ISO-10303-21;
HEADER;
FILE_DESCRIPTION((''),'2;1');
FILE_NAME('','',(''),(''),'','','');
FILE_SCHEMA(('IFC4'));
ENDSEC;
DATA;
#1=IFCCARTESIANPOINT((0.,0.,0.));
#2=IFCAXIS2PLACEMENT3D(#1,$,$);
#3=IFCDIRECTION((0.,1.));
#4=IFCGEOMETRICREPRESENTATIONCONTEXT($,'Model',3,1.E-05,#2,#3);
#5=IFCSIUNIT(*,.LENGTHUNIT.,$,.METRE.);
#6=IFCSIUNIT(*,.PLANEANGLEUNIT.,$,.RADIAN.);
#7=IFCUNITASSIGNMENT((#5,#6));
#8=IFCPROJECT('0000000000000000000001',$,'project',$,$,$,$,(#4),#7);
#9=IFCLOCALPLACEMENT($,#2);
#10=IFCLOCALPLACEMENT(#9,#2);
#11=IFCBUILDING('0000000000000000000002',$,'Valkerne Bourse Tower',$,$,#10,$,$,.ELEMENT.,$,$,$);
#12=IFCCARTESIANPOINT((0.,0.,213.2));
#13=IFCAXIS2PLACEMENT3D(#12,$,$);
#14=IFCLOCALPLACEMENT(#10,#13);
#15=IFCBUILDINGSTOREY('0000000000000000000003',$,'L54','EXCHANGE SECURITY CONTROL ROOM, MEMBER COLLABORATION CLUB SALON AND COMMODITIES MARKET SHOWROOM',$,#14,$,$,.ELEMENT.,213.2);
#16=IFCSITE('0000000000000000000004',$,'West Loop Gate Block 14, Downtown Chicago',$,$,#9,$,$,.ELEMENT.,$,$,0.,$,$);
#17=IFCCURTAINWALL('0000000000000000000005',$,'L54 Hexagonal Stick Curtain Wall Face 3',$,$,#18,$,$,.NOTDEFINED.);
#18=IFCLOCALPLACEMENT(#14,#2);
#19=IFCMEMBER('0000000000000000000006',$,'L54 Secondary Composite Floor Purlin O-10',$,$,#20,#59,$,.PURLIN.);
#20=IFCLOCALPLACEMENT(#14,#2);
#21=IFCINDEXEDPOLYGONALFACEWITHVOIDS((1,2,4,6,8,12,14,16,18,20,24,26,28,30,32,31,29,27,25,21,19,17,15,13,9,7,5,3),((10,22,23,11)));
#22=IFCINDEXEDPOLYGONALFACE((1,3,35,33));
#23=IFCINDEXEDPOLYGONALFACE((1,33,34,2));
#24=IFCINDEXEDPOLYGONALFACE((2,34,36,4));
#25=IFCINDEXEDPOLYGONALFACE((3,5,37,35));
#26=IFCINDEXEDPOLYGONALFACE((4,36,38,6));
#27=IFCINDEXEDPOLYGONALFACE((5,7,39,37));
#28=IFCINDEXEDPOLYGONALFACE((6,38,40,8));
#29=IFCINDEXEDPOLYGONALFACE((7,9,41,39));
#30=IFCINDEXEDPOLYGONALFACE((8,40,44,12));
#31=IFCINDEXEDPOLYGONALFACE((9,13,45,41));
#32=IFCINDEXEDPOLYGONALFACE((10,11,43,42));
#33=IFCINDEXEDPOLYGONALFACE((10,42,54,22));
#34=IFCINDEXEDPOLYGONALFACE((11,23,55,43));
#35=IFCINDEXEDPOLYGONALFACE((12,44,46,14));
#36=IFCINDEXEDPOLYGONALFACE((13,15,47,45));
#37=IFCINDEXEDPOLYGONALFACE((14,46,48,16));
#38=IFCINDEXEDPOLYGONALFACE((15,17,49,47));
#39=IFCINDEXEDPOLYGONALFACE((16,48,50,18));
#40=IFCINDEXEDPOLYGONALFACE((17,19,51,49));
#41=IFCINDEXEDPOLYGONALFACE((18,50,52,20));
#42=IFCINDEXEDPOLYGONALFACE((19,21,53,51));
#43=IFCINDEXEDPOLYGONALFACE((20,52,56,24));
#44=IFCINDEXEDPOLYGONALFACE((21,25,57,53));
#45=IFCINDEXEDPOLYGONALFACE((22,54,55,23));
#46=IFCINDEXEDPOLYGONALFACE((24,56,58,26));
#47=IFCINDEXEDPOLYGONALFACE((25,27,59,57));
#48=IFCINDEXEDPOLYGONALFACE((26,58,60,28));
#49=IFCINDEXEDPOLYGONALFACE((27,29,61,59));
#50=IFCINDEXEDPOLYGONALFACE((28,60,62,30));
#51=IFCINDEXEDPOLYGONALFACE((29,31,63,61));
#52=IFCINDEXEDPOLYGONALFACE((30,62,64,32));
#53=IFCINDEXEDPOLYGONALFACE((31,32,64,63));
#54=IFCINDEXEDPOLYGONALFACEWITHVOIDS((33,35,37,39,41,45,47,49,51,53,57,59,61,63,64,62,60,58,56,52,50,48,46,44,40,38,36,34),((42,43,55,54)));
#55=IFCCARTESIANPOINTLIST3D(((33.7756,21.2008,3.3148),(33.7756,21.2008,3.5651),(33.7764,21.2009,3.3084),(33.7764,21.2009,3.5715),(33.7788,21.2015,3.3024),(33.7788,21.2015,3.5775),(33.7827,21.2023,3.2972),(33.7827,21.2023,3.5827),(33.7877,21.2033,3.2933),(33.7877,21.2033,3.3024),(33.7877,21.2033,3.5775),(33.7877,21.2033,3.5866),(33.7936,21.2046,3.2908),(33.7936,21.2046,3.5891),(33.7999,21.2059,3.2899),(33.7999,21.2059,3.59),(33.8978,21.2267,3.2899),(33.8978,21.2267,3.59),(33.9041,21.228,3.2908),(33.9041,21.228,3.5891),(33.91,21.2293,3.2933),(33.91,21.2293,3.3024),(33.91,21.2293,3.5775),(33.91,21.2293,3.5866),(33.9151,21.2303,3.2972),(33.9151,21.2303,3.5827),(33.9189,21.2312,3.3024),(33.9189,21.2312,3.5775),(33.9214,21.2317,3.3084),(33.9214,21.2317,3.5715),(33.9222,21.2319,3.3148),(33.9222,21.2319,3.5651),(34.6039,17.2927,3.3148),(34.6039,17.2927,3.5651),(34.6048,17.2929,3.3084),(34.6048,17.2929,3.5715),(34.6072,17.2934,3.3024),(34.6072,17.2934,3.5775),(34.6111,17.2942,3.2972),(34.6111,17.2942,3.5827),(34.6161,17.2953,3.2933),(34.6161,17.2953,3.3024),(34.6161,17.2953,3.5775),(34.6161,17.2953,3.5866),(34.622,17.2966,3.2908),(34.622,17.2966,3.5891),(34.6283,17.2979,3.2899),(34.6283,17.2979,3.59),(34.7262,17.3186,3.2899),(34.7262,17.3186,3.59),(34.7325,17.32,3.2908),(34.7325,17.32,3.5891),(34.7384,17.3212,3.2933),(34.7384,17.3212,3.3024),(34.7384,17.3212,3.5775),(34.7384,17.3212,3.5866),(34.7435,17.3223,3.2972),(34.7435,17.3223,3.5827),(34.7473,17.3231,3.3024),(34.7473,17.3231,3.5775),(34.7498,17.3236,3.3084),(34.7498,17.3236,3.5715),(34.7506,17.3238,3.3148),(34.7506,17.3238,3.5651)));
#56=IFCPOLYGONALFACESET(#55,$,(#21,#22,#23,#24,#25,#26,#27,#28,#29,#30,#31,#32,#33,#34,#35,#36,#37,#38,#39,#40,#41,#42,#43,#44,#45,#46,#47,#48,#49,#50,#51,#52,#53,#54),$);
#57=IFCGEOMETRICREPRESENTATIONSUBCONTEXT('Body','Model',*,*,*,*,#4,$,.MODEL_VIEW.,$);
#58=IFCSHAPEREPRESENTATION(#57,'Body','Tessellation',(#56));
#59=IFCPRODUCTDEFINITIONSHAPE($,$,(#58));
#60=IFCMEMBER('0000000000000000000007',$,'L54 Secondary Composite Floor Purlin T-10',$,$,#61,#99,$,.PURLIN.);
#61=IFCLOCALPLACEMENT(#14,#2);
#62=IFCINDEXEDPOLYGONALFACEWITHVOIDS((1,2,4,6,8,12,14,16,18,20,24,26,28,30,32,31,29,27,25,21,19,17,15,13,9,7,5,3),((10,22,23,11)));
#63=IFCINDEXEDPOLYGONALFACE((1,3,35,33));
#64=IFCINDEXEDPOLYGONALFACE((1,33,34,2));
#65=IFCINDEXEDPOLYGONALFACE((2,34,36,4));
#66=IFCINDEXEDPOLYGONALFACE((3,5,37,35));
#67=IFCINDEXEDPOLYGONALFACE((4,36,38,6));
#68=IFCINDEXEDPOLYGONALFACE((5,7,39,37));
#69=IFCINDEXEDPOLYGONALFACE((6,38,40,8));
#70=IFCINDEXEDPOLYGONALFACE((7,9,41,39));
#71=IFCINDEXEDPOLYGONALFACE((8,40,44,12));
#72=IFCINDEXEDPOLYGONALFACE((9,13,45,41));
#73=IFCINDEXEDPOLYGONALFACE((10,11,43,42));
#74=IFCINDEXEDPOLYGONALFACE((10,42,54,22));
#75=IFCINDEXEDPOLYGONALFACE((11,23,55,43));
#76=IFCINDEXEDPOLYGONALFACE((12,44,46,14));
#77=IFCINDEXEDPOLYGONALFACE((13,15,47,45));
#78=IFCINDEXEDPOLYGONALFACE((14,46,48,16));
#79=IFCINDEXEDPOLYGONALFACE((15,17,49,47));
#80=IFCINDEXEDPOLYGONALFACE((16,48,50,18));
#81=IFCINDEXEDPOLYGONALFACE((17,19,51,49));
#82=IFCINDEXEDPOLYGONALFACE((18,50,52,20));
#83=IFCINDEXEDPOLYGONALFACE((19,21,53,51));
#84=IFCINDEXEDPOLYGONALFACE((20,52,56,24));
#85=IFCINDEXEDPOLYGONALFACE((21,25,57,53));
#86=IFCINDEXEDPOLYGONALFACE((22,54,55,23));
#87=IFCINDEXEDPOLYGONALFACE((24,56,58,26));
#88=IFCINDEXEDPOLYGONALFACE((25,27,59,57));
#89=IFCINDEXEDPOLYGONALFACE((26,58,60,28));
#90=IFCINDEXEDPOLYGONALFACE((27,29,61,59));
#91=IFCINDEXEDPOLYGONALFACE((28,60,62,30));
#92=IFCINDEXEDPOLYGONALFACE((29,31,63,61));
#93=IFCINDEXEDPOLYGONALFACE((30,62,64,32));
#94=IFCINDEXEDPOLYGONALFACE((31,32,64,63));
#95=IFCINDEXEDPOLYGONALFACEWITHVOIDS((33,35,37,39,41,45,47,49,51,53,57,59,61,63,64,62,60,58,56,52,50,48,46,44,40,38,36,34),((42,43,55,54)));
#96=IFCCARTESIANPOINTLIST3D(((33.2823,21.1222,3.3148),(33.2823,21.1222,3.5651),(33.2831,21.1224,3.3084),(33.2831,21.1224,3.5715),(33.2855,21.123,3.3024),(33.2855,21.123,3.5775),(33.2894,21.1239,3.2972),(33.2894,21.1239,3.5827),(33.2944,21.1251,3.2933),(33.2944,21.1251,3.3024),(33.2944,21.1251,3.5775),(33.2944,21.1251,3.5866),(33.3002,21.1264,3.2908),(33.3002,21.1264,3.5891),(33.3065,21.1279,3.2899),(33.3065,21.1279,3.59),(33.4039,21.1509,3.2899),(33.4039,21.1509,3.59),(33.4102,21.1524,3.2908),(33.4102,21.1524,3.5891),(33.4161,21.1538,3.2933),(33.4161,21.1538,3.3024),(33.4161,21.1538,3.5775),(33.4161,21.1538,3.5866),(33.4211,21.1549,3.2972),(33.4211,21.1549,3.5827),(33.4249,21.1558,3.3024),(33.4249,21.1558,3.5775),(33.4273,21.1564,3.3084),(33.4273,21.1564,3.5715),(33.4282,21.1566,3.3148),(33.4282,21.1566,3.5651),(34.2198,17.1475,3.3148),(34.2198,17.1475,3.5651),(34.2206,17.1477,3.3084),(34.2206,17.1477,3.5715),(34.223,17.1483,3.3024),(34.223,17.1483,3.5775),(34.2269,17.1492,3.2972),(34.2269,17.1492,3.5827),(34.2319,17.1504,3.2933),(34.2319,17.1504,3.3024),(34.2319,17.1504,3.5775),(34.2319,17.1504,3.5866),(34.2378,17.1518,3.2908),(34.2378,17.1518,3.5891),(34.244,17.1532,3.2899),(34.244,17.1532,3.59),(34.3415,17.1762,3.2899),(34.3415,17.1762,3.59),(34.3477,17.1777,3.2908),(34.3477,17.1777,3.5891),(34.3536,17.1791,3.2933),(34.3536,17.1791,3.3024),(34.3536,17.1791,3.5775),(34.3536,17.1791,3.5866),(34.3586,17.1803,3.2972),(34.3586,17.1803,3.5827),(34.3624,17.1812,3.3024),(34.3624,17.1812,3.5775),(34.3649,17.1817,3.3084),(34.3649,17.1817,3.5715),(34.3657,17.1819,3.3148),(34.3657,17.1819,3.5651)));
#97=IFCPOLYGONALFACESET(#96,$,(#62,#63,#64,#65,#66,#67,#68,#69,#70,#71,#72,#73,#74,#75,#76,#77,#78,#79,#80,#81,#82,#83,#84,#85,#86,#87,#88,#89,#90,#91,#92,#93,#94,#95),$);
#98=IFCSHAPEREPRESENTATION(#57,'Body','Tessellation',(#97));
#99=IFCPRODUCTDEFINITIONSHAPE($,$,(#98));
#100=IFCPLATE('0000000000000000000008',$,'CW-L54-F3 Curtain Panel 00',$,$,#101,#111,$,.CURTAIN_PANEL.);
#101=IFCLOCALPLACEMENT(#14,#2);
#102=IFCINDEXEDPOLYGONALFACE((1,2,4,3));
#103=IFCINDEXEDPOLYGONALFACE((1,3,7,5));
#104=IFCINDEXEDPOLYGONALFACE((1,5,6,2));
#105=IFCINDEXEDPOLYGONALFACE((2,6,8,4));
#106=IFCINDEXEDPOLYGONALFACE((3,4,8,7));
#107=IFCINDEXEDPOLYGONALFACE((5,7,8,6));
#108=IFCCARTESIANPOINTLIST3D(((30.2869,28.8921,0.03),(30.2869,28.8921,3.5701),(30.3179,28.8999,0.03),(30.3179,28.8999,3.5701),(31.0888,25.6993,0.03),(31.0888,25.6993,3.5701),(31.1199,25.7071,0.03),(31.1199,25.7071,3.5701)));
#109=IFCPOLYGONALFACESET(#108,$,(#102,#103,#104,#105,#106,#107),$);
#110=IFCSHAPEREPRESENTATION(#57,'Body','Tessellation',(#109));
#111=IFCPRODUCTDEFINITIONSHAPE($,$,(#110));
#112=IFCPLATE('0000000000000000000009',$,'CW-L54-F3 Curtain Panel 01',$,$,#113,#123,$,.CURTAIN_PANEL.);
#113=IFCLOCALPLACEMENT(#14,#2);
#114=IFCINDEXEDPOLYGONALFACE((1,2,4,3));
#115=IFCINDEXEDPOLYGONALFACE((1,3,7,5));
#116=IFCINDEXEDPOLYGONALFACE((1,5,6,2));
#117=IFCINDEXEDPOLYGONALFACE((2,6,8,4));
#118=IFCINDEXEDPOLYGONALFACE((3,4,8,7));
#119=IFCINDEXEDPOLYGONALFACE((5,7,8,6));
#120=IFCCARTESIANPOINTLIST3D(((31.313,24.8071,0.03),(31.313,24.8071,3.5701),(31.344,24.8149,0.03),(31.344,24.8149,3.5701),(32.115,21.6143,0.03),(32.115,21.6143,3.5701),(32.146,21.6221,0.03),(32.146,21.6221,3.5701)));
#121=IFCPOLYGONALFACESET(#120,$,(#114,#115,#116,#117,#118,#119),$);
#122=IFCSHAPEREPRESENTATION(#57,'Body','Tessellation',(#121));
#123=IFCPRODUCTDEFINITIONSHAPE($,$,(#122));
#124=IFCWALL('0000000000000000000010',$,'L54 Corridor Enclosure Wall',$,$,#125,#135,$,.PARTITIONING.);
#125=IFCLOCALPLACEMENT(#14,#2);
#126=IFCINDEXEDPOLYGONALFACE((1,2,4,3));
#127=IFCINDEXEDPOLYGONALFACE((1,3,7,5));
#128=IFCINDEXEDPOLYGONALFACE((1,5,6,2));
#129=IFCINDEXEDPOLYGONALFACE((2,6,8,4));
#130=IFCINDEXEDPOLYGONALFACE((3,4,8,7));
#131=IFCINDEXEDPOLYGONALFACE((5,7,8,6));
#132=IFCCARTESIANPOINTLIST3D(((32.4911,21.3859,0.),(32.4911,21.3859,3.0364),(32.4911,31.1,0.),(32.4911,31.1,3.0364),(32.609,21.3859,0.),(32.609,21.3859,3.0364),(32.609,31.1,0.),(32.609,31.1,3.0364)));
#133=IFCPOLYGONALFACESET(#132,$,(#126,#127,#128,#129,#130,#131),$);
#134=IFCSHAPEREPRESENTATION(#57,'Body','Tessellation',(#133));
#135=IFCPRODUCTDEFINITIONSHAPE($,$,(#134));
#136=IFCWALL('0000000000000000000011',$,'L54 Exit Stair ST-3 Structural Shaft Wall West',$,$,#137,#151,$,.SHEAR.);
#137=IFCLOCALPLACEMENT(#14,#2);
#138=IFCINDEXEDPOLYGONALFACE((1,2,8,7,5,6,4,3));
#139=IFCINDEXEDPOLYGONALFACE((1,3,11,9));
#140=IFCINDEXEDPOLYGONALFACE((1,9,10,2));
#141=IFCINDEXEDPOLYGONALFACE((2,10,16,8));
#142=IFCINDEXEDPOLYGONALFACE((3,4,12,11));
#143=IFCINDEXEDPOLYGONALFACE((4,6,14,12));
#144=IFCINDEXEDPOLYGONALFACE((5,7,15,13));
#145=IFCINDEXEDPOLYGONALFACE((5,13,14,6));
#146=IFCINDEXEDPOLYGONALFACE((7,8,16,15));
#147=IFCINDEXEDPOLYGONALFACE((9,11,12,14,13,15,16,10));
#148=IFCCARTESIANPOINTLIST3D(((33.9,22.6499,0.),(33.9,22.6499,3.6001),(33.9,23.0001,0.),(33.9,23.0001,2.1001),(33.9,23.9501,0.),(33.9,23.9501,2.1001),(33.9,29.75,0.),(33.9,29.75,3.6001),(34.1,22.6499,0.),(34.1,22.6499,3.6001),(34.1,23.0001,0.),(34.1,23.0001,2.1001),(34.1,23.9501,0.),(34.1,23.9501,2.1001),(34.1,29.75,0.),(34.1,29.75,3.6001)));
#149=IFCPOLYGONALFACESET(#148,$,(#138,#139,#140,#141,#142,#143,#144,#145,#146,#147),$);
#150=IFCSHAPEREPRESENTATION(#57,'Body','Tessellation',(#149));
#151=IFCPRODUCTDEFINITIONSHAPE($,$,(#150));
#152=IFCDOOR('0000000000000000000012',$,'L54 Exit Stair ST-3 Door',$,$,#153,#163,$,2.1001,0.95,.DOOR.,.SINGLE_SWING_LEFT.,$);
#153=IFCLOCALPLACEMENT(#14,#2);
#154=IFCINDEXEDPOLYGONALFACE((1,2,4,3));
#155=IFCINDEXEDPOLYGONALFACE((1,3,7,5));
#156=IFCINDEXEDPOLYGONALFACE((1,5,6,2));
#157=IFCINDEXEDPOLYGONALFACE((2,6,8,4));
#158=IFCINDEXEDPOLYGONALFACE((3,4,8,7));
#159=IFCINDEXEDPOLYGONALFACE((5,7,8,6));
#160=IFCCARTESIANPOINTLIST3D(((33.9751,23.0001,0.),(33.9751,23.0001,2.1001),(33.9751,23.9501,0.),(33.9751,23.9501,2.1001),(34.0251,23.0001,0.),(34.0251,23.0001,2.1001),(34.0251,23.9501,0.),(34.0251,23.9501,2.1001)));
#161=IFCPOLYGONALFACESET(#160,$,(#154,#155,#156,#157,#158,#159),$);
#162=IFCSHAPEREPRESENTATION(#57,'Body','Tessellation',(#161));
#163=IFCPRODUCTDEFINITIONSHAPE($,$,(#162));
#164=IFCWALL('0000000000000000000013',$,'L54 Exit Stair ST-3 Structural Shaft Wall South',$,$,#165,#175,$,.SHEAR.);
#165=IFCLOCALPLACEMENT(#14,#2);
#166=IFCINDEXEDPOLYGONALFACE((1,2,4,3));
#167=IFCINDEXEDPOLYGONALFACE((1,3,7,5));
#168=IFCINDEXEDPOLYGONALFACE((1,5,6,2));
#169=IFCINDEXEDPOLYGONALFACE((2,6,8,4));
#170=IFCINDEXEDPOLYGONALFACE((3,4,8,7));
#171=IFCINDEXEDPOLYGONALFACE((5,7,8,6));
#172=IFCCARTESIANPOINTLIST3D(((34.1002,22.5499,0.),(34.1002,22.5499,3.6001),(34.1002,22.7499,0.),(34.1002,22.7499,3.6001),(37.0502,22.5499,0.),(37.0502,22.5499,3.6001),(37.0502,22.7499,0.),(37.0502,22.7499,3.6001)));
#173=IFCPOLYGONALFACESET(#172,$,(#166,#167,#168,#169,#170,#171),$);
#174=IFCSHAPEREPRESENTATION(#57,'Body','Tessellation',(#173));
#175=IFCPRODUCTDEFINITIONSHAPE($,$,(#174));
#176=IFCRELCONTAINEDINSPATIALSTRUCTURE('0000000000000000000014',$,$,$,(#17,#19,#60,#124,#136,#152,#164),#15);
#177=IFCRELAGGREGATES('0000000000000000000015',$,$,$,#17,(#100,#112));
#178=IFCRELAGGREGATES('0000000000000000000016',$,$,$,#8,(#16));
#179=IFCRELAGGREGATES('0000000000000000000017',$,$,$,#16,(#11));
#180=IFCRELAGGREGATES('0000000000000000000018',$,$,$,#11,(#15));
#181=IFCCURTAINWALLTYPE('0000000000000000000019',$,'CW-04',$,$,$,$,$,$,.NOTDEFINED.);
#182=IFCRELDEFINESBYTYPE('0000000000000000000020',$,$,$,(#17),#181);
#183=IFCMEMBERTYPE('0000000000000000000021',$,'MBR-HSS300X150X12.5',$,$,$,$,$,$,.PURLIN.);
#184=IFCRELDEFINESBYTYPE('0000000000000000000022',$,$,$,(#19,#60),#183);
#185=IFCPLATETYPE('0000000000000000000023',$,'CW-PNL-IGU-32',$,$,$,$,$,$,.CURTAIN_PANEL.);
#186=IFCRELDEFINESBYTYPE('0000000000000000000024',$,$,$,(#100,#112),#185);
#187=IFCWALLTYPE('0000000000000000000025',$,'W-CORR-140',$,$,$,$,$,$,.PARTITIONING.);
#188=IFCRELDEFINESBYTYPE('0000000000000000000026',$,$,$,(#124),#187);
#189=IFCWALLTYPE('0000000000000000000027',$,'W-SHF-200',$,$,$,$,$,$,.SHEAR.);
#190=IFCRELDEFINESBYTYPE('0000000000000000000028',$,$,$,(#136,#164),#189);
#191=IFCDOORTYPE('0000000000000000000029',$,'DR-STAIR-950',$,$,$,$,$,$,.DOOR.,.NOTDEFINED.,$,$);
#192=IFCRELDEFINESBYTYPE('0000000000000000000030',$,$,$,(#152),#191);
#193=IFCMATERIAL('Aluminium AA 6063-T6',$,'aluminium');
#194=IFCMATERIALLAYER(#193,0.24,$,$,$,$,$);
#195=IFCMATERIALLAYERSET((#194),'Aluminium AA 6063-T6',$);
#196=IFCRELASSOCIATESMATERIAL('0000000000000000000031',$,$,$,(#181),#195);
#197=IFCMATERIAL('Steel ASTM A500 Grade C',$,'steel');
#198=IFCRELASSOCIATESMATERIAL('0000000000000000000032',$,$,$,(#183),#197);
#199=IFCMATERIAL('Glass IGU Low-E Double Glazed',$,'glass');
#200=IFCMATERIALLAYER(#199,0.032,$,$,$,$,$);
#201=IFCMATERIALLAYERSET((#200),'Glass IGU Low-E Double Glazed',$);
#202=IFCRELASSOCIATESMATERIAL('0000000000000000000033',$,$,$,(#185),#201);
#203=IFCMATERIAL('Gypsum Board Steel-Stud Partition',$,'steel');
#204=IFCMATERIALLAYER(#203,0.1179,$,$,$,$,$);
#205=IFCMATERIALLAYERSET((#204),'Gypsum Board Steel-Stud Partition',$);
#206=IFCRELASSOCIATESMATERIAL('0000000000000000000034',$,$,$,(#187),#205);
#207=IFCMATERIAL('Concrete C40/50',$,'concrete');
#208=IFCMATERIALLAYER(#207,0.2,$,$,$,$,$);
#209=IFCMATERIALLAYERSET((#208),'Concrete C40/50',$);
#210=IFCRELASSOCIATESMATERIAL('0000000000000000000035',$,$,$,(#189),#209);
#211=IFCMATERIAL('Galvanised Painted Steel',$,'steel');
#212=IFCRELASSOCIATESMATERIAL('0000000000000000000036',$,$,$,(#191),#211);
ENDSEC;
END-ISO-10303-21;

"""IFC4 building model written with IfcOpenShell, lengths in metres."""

from ifc_helpers import new_model, si_unit, direction, frame, frame_2d, origin, origin_2d, place, context, subcontext, project, spatial, rectangle, hollow_rectangle, extrude, material, layer, layer_set, material_profile, profile_set, type_object, element, fill, aggregate, save


model = new_model("IFC4")

# Units and contexts
model_context = context("Model", 3, precision=1e-05, world=origin(), true_north=direction((0.0, 1.0)))
body_context = subcontext(model_context, "Body", "Model", "MODEL_VIEW")
ifc_project = project(units=[si_unit("LENGTHUNIT", "METRE"), si_unit("PLANEANGLEUNIT", "RADIAN")], contexts=[model_context])

# Site, building, storey
site_placement = place(None, origin())
site = spatial("IfcSite", under=ifc_project, at=site_placement, Name="West Loop Gate Block 14, Downtown Chicago", CompositionType="ELEMENT", RefElevation=0.0)
building_placement = place(site_placement, origin())
building = spatial("IfcBuilding", under=site, at=building_placement, Name="Valkerne Bourse Tower", CompositionType="ELEMENT")
storey_placement = place(building_placement, frame((0.0, 0.0, 213.2)))
storey = spatial("IfcBuildingStorey", under=building, at=storey_placement, Name="L54", Description="EXCHANGE SECURITY CONTROL ROOM, MEMBER COLLABORATION CLUB SALON AND COMMODITIES MARKET SHOWROOM", CompositionType="ELEMENT", Elevation=213.2)

# Curtain wall
ifc_material_1 = material(Name="Aluminium AA 6063-T6", Category="aluminium")
ifc_layer_1 = layer(ifc_material_1, 0.24)
ifc_layer_set_1 = layer_set([ifc_layer_1], Name="Aluminium AA 6063-T6")
curtain_wall_type = type_object("IfcCurtainWallType", Name="CW-04", PredefinedType="NOTDEFINED", material=ifc_layer_set_1)
curtain_wall_placement = place(storey_placement, origin())
curtain_wall = element("IfcCurtainWall", 1, at=curtain_wall_placement, inside=storey, type_object=curtain_wall_type, Name="L54 Hexagonal Stick Curtain Wall Face 3", PredefinedType="NOTDEFINED")

# Members
ifc_material_2 = material(Name="Steel ASTM A500 Grade C", Category="steel")
ifc_material_profile_1 = material_profile(ifc_material_2, hollow_rectangle(XDim=0.1499, YDim=0.3, WallThickness=0.0125, OuterFilletRadius=0.0249, at=origin_2d()), Name="HSS300X150X12.5")
ifc_profile_set_1 = profile_set([ifc_material_profile_1], Name="Steel ASTM A500 Grade C")
member_type_1 = type_object("IfcMemberType", Name="MBR-HSS300X150X12.5", PredefinedType="PURLIN", material=ifc_profile_set_1)
member_1_placement = place(storey_placement, frame((33.8489, 21.2163, 3.4399), z_axis=(0.207362, -0.978264, 0.0), x_axis=(0.978264, 0.207362, 0.0)))
element("IfcMember", 2, at=member_1_placement, inside=storey, type_object=member_type_1, Name="L54 Secondary Composite Floor Purlin O-10", PredefinedType="PURLIN", context=body_context, shape_type="SweptSolid", body=[
    extrude(hollow_rectangle(XDim=0.1499, YDim=0.3, WallThickness=0.0125, OuterFilletRadius=0.0249, at=origin_2d()), origin(), (0.0, 0.0, 1.0), 3.9949),
])
member_2_placement = place(storey_placement, frame((33.3552, 21.1394, 3.4399), z_axis=(0.229572, -0.973292, 0.0), x_axis=(0.973292, 0.229572, 0.0)))
element("IfcMember", 3, at=member_2_placement, inside=storey, type_object=member_type_1, Name="L54 Secondary Composite Floor Purlin T-10", PredefinedType="PURLIN", context=body_context, shape_type="SweptSolid", body=[
    extrude(hollow_rectangle(XDim=0.1499, YDim=0.3, WallThickness=0.0125, OuterFilletRadius=0.0249, at=origin_2d()), origin(), (0.0, 0.0, 1.0), 4.0837),
])

# Plates
ifc_material_3 = material(Name="Glass IGU Low-E Double Glazed", Category="glass")
ifc_layer_2 = layer(ifc_material_3, 0.032)
ifc_layer_set_2 = layer_set([ifc_layer_2], Name="Glass IGU Low-E Double Glazed")
plate_type = type_object("IfcPlateType", Name="CW-PNL-IGU-32", PredefinedType="CURTAIN_PANEL", material=ifc_layer_set_2)
plate_1_placement = place(storey_placement, frame((30.7034, 27.2996, 0.03), z_axis=(0.0, 0.0, 1.0), x_axis=(0.243614, -0.969872, 0.0)))
plate_1 = element("IfcPlate", 4, at=plate_1_placement, type_object=plate_type, Name="CW-L54-F3 Curtain Panel 00", PredefinedType="CURTAIN_PANEL", context=body_context, shape_type="SweptSolid", body=[
    extrude(rectangle(XDim=3.292, YDim=0.032, at=origin_2d()), origin(), (0.0, 0.0, 1.0), 3.54),
])
plate_2_placement = place(storey_placement, frame((31.7295, 23.2146, 0.03), z_axis=(0.0, 0.0, 1.0), x_axis=(0.243614, -0.969872, 0.0)))
plate_2 = element("IfcPlate", 5, at=plate_2_placement, type_object=plate_type, Name="CW-L54-F3 Curtain Panel 01", PredefinedType="CURTAIN_PANEL", context=body_context, shape_type="SweptSolid", body=[
    extrude(rectangle(XDim=3.292, YDim=0.032, at=origin_2d()), origin(), (0.0, 0.0, 1.0), 3.54),
])
aggregate(curtain_wall, [plate_1, plate_2])

# Wall
ifc_material_4 = material(Name="Gypsum Board Steel-Stud Partition", Category="steel")
ifc_layer_3 = layer(ifc_material_4, 0.1179)
ifc_layer_set_3 = layer_set([ifc_layer_3], Name="Gypsum Board Steel-Stud Partition")
wall_type_1 = type_object("IfcWallType", Name="W-CORR-140", PredefinedType="PARTITIONING", material=ifc_layer_set_3)
wall_1_placement = place(storey_placement, frame((32.55, 21.386, 0.0), z_axis=(0.0, 0.0, 1.0), x_axis=(0.0, 1.0, 0.0)))
element("IfcWall", 6, at=wall_1_placement, inside=storey, type_object=wall_type_1, Name="L54 Corridor Enclosure Wall", PredefinedType="PARTITIONING", context=body_context, shape_type="SweptSolid", body=[
    extrude(rectangle(XDim=9.7141, YDim=0.1179, at=frame_2d((4.8569, 0.0))), origin(), (0.0, 0.0, 1.0), 3.0364),
])

# Wall, opening, door
ifc_material_5 = material(Name="Concrete C40/50", Category="concrete")
ifc_layer_4 = layer(ifc_material_5, 0.2)
ifc_layer_set_4 = layer_set([ifc_layer_4], Name="Concrete C40/50")
wall_type_2 = type_object("IfcWallType", Name="W-SHF-200", PredefinedType="SHEAR", material=ifc_layer_set_4)
wall_2_placement = place(storey_placement, frame((34.0, 22.6499, 0.0), z_axis=(0.0, 0.0, 1.0), x_axis=(0.0, 1.0, 0.0)))
wall_2 = element("IfcWall", 7, at=wall_2_placement, inside=storey, type_object=wall_type_2, Name="L54 Exit Stair ST-3 Structural Shaft Wall West", PredefinedType="SHEAR", context=body_context, shape_type="SweptSolid", body=[
    extrude(rectangle(XDim=7.1001, YDim=0.2, at=frame_2d((3.55, 0.0))), origin(), (0.0, 0.0, 1.0), 3.6001),
])
opening_placement = place(wall_2_placement, frame((0.3501, 0.0, 0.0)))
opening = element("IfcOpeningElement", 8, at=opening_placement, cuts=wall_2, PredefinedType="OPENING", context=body_context, shape_type="SweptSolid", body=[
    extrude(rectangle(XDim=0.95, YDim=2.1001, at=frame_2d((0.4751, 1.05))), frame((0.0, 0.1099, 0.0), z_axis=(0.0, -1.0, 0.0), x_axis=(1.0, 0.0, 0.0)), (0.0, 0.0, 1.0), 0.22),
])
ifc_material_6 = material(Name="Galvanised Painted Steel", Category="steel")
door_type = type_object("IfcDoorType", Name="DR-STAIR-950", OperationType="NOTDEFINED", PredefinedType="DOOR", material=ifc_material_6)
door_placement = place(opening_placement, origin())
door = element("IfcDoor", 9, at=door_placement, inside=storey, type_object=door_type, Name="L54 Exit Stair ST-3 Door", OperationType="SINGLE_SWING_LEFT", OverallHeight=2.1001, OverallWidth=0.95, PredefinedType="DOOR", context=body_context, shape_type="SweptSolid", body=[
    extrude(rectangle(XDim=0.95, YDim=2.1001, at=frame_2d((0.4751, 1.05))), frame((0.0, 0.0249, 0.0), z_axis=(0.0, -1.0, 0.0), x_axis=(1.0, 0.0, 0.0)), (0.0, 0.0, 1.0), 0.05),
])
fill(opening, door)

# Wall
wall_3_placement = place(storey_placement, frame((34.1001, 22.6499, 0.0), z_axis=(0.0, 0.0, 1.0), x_axis=(1.0, 0.0, 0.0)))
element("IfcWall", 10, at=wall_3_placement, inside=storey, type_object=wall_type_2, Name="L54 Exit Stair ST-3 Structural Shaft Wall South", PredefinedType="SHEAR", context=body_context, shape_type="SweptSolid", body=[
    extrude(rectangle(XDim=2.95, YDim=0.2, at=frame_2d((1.4751, 0.0))), origin(), (0.0, 0.0, 1.0), 3.6001),
])

save(model, "model.ifc")
